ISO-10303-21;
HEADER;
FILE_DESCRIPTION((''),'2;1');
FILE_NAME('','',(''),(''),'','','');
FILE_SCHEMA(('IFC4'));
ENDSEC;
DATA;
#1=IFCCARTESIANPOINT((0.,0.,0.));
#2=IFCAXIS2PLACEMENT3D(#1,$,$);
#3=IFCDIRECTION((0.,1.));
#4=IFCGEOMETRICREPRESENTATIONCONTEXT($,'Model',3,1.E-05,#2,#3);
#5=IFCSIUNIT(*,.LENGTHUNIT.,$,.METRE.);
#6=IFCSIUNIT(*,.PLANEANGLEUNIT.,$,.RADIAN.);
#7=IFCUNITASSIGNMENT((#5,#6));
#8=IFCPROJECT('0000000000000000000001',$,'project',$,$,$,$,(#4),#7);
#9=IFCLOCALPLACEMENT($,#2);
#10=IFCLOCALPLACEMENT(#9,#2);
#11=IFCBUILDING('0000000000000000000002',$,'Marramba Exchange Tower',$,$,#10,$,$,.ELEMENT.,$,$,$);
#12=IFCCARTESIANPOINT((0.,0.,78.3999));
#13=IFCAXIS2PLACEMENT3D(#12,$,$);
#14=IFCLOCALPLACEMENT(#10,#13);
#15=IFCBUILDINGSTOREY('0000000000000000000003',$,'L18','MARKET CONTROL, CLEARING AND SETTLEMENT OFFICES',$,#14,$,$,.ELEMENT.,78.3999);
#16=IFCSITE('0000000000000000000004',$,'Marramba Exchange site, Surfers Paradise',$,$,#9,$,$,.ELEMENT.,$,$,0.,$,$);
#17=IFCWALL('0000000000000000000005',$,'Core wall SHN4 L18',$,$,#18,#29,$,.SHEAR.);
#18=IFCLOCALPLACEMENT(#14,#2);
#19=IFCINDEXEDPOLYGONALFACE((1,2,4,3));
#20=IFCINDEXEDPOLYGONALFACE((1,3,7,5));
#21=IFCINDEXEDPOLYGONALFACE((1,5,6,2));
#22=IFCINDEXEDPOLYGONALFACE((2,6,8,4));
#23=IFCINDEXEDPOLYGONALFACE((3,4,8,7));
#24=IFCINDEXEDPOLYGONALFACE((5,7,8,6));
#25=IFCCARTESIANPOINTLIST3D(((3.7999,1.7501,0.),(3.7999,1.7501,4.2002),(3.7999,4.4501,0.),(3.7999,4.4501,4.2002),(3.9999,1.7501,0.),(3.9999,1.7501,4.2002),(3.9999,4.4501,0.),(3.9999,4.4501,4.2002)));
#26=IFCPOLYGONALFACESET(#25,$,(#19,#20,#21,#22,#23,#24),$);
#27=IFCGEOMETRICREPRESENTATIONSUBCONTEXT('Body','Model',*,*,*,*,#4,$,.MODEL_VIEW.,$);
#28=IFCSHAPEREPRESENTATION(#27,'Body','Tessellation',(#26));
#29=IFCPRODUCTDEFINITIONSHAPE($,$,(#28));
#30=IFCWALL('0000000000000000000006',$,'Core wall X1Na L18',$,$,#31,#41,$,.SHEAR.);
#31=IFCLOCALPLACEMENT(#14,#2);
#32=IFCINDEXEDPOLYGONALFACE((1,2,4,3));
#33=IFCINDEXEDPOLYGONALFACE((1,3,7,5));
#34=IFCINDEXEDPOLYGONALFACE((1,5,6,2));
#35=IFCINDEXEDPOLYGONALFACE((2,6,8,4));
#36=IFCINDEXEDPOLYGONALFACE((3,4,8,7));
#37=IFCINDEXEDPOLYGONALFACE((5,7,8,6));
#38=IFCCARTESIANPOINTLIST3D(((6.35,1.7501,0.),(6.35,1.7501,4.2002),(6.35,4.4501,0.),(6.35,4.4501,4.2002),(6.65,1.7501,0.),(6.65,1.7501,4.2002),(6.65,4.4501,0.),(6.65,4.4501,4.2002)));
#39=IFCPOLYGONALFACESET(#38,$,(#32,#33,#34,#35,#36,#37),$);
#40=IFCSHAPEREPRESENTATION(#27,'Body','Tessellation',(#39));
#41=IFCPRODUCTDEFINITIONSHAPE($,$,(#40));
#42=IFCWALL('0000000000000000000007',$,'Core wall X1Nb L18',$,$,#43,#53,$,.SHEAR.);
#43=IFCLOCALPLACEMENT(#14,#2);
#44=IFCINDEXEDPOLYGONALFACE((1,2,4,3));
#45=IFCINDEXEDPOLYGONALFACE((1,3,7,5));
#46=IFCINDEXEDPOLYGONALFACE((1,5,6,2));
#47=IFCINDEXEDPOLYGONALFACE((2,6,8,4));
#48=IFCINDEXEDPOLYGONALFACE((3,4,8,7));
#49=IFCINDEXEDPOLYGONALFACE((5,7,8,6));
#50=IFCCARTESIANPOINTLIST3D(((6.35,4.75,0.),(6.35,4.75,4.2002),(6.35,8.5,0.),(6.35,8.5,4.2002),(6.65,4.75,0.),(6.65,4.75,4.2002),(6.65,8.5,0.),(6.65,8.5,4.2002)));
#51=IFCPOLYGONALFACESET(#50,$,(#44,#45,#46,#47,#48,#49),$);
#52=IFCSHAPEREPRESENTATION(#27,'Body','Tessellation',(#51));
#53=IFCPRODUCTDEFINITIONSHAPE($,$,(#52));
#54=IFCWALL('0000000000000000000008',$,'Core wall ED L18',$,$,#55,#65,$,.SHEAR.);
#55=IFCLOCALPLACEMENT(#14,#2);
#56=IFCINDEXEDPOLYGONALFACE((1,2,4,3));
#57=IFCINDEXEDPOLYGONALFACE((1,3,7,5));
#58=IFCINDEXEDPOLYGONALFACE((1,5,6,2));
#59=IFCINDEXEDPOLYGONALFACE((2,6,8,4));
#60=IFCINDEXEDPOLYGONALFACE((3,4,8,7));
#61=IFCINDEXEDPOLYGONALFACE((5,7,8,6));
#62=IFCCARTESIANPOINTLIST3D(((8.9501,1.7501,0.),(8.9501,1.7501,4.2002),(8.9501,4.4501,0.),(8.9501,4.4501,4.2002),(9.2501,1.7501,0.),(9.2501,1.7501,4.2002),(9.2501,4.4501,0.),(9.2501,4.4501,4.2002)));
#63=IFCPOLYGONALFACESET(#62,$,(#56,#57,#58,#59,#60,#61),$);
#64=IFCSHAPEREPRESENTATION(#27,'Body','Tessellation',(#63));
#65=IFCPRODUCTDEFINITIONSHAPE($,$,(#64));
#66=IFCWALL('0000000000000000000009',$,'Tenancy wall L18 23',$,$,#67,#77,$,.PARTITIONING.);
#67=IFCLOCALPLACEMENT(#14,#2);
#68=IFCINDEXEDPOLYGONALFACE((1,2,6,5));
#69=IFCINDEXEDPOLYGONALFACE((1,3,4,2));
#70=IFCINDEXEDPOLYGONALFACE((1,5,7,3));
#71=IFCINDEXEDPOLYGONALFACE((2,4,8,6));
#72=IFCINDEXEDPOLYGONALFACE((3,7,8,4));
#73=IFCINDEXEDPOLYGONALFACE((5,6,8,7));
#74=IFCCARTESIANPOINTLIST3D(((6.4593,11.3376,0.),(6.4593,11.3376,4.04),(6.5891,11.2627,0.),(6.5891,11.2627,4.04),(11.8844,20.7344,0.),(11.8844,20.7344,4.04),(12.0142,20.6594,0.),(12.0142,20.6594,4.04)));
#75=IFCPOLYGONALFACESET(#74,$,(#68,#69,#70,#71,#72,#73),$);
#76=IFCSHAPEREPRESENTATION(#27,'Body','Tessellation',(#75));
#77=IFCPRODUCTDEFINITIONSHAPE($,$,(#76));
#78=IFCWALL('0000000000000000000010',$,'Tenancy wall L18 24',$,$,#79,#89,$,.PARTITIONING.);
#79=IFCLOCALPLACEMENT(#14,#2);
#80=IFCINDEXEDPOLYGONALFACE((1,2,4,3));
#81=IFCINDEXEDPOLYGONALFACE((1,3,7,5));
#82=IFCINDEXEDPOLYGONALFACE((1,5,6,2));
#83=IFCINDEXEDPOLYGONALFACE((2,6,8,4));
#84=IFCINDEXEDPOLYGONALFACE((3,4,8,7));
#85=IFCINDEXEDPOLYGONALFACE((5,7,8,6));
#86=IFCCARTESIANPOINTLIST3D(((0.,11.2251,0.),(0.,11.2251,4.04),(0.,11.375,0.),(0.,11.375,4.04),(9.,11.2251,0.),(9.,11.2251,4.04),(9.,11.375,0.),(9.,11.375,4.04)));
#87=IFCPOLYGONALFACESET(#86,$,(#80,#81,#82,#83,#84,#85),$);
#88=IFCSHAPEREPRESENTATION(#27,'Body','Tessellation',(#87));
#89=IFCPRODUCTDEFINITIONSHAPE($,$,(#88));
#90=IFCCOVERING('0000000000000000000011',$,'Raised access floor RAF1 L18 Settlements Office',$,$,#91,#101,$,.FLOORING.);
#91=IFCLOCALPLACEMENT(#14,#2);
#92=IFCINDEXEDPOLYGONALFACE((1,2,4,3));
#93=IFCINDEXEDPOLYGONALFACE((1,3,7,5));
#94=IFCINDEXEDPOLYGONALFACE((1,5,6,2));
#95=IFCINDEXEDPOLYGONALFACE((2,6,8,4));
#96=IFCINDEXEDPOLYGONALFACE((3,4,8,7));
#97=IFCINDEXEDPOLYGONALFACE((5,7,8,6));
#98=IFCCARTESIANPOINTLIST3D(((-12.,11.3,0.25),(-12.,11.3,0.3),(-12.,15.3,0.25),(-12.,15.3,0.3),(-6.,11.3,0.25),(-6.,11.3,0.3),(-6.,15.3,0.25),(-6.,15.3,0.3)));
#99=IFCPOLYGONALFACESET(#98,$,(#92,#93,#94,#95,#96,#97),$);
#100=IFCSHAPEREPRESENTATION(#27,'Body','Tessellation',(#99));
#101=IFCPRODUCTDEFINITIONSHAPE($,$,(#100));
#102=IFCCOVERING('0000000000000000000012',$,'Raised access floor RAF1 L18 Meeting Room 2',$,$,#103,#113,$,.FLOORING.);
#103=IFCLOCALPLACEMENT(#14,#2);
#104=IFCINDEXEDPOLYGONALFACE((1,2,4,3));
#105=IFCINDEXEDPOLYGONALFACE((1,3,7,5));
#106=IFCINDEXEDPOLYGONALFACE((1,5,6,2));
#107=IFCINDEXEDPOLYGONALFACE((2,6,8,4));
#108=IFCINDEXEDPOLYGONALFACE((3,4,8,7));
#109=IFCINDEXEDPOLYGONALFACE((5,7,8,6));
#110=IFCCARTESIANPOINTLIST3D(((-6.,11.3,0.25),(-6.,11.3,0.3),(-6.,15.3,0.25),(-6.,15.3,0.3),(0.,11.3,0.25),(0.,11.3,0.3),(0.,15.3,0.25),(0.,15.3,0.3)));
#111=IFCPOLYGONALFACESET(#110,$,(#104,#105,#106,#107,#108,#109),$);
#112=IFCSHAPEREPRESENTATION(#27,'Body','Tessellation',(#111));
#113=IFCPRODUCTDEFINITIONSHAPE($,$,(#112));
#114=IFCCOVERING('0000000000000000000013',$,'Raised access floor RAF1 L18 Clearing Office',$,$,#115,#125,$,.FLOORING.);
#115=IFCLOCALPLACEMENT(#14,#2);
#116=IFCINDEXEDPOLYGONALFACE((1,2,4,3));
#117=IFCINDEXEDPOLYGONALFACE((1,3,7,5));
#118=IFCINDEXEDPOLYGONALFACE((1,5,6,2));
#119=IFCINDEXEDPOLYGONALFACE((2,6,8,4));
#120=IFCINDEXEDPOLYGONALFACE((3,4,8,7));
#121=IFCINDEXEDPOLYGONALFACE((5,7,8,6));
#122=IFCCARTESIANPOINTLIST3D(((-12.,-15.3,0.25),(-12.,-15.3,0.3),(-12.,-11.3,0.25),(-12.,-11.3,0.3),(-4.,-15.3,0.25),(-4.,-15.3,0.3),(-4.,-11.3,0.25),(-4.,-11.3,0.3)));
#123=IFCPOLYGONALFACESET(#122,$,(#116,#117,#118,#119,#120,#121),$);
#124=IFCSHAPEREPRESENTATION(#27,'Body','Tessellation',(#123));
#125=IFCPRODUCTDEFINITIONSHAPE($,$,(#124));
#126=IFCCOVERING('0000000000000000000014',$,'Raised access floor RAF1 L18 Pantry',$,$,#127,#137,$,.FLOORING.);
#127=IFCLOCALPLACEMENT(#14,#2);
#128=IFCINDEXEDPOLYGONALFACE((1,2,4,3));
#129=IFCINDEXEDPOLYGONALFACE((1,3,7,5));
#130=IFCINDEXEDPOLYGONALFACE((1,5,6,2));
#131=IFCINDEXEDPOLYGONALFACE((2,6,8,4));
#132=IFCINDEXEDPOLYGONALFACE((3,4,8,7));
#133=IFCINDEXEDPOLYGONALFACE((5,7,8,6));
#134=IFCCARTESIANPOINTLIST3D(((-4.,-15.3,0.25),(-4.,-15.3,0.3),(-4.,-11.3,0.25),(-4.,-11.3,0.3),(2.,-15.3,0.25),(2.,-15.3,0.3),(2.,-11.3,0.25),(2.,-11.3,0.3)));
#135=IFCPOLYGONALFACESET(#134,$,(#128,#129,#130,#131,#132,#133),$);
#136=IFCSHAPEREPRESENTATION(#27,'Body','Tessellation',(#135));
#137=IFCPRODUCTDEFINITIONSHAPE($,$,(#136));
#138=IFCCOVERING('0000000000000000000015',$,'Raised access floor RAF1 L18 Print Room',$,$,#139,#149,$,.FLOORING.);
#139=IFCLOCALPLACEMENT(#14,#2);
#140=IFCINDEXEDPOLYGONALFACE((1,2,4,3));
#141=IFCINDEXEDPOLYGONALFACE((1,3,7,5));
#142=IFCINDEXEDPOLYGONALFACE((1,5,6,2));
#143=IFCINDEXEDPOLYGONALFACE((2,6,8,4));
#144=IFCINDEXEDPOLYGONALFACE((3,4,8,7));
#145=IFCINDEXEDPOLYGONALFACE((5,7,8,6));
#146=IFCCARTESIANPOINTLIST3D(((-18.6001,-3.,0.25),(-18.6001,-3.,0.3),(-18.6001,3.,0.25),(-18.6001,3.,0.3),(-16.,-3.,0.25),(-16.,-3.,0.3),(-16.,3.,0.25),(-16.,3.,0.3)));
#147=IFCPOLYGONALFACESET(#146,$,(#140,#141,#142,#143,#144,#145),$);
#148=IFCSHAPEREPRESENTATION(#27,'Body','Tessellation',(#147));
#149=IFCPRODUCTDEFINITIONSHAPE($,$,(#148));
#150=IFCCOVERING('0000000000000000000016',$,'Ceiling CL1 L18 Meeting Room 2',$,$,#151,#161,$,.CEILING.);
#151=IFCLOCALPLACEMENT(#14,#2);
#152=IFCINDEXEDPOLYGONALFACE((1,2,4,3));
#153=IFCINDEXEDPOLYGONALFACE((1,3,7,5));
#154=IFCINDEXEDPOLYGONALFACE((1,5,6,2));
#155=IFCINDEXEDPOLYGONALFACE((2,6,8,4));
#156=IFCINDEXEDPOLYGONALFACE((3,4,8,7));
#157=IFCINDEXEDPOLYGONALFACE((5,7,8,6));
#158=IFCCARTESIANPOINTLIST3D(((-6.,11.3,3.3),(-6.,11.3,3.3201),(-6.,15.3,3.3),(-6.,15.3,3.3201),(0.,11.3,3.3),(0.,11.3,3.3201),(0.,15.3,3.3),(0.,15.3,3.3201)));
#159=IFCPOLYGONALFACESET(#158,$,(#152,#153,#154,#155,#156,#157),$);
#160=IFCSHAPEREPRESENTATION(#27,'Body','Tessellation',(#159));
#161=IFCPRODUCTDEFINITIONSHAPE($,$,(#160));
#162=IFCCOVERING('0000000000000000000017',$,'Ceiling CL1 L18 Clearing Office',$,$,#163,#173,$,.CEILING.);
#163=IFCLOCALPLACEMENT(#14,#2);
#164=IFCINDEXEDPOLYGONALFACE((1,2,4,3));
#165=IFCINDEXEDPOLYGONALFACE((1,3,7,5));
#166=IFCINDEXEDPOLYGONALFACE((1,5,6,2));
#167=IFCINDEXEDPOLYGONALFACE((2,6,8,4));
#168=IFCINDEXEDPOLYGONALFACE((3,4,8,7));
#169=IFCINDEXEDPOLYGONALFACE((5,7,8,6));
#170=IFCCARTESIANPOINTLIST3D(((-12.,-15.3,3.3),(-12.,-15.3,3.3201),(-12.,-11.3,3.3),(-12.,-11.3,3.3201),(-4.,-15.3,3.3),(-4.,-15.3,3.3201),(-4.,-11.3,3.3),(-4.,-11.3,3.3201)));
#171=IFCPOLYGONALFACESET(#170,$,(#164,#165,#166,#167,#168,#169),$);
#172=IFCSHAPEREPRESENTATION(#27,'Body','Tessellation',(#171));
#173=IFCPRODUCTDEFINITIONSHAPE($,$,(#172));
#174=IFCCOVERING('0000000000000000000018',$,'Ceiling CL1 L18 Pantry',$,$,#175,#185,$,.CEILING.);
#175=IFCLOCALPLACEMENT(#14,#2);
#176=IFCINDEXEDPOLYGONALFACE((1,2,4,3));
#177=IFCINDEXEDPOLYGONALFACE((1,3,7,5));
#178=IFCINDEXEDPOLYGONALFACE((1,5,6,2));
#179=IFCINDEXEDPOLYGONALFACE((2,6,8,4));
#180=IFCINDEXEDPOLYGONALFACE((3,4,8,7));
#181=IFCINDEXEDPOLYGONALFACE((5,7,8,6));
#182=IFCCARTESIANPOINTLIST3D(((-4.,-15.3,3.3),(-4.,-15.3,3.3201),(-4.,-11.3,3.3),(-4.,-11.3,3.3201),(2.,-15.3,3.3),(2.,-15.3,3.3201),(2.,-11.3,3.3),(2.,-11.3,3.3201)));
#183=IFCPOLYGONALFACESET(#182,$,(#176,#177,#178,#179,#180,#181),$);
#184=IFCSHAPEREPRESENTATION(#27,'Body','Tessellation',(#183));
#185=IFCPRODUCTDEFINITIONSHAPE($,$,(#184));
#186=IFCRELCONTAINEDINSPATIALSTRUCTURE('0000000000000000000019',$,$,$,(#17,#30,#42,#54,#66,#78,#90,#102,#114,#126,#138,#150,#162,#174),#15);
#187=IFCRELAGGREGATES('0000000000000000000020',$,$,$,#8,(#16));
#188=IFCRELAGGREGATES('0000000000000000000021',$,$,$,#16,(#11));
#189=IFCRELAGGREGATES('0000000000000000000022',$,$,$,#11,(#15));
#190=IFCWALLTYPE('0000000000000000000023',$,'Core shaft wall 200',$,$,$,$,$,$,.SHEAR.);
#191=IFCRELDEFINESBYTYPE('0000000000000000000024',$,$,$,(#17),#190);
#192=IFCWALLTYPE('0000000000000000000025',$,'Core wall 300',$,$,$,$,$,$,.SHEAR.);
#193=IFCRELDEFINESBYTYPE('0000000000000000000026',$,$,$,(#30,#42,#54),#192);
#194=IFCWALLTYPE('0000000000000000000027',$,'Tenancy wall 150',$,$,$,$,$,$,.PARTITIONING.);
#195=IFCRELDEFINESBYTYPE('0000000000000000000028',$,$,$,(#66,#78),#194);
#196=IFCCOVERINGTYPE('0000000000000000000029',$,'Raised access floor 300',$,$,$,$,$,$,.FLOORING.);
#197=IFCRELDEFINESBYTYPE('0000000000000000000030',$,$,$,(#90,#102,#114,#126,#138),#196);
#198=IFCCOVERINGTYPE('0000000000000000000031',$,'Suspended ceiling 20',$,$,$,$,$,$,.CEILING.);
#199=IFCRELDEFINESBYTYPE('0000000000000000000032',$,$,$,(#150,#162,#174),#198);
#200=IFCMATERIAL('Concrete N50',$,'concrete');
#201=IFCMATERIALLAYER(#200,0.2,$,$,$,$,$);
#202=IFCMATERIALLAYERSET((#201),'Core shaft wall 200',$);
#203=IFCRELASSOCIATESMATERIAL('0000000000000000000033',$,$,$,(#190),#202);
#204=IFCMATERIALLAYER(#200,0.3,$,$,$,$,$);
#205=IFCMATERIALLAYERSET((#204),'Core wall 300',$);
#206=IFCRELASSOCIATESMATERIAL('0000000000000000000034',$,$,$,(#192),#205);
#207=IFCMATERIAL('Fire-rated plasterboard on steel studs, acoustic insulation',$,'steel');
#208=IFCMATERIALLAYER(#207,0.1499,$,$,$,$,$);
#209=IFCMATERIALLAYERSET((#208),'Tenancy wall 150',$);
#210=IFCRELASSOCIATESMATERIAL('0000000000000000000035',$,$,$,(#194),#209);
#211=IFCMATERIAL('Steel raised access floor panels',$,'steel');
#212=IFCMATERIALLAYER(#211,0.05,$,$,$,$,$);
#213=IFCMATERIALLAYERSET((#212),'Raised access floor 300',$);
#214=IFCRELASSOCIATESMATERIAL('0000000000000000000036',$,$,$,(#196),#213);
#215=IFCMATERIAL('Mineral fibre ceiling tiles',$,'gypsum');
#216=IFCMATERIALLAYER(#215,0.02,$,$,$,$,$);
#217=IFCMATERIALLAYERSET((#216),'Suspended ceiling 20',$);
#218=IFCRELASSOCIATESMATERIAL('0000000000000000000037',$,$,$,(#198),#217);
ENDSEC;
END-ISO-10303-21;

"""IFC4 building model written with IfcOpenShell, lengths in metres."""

from ifc_helpers import new_model, si_unit, direction, frame, frame_2d, origin, place, context, subcontext, project, spatial, polyline, rectangle, outline, extrude, material, layer, layer_set, type_object, element, save


model = new_model("IFC4")

# Units and contexts
model_context = context("Model", 3, precision=1e-05, world=origin(), true_north=direction((0.0, 1.0)))
body_context = subcontext(model_context, "Body", "Model", "MODEL_VIEW")
ifc_project = project(units=[si_unit("LENGTHUNIT", "METRE"), si_unit("PLANEANGLEUNIT", "RADIAN")], contexts=[model_context])

# Site, building, storey
site_placement = place(None, origin())
site = spatial("IfcSite", under=ifc_project, at=site_placement, Name="Marramba Exchange site, Surfers Paradise", CompositionType="ELEMENT", RefElevation=0.0)
building_placement = place(site_placement, origin())
building = spatial("IfcBuilding", under=site, at=building_placement, Name="Marramba Exchange Tower", CompositionType="ELEMENT")
storey_placement = place(building_placement, frame((0.0, 0.0, 78.3999)))
storey = spatial("IfcBuildingStorey", under=building, at=storey_placement, Name="L18", Description="MARKET CONTROL, CLEARING AND SETTLEMENT OFFICES", CompositionType="ELEMENT", Elevation=78.3999)

# Wall
ifc_material_1 = material(Name="Concrete N50", Category="concrete")
ifc_layer_1 = layer(ifc_material_1, 0.2)
ifc_layer_set_1 = layer_set([ifc_layer_1], Name="Core shaft wall 200")
wall_type_1 = type_object("IfcWallType", Name="Core shaft wall 200", PredefinedType="SHEAR", material=ifc_layer_set_1)
for number, where, z_axis, x_axis, name in (
    (1, (3.8999, 1.75, 0.0), (0.0, 0.0, 1.0), (0.0, 1.0, 0.0), "Core wall SHN4 L18"),
):
    element("IfcWall", number, at=place(storey_placement, frame(where, z_axis=z_axis, x_axis=x_axis)), inside=storey, type_object=wall_type_1, Name=name, PredefinedType="SHEAR", context=body_context, shape_type="SweptSolid", body=[
        extrude(rectangle(XDim=2.7, YDim=0.2, at=frame_2d((1.3501, 0.0))), origin(), (0.0, 0.0, 1.0), 4.2002),
    ])

# Walls
ifc_layer_2 = layer(ifc_material_1, 0.3)
ifc_layer_set_2 = layer_set([ifc_layer_2], Name="Core wall 300")
wall_type_2 = type_object("IfcWallType", Name="Core wall 300", PredefinedType="SHEAR", material=ifc_layer_set_2)
wall_1_placement = place(storey_placement, frame((6.5, 1.75, 0.0), z_axis=(0.0, 0.0, 1.0), x_axis=(0.0, 1.0, 0.0)))
element("IfcWall", 2, at=wall_1_placement, inside=storey, type_object=wall_type_2, Name="Core wall X1Na L18", PredefinedType="SHEAR", context=body_context, shape_type="SweptSolid", body=[
    extrude(rectangle(XDim=2.7, YDim=0.3, at=frame_2d((1.3501, 0.0))), origin(), (0.0, 0.0, 1.0), 4.2002),
])
wall_2_placement = place(storey_placement, frame((6.5, 4.75, 0.0), z_axis=(0.0, 0.0, 1.0), x_axis=(0.0, 1.0, 0.0)))
element("IfcWall", 3, at=wall_2_placement, inside=storey, type_object=wall_type_2, Name="Core wall X1Nb L18", PredefinedType="SHEAR", context=body_context, shape_type="SweptSolid", body=[
    extrude(rectangle(XDim=3.75, YDim=0.3, at=frame_2d((1.875, 0.0))), origin(), (0.0, 0.0, 1.0), 4.2002),
])
wall_3_placement = place(storey_placement, frame((9.1001, 1.75, 0.0), z_axis=(0.0, 0.0, 1.0), x_axis=(0.0, 1.0, 0.0)))
element("IfcWall", 4, at=wall_3_placement, inside=storey, type_object=wall_type_2, Name="Core wall ED L18", PredefinedType="SHEAR", context=body_context, shape_type="SweptSolid", body=[
    extrude(rectangle(XDim=2.7, YDim=0.3, at=frame_2d((1.3501, 0.0))), origin(), (0.0, 0.0, 1.0), 4.2002),
])
ifc_material_2 = material(Name="Fire-rated plasterboard on steel studs, acoustic insulation", Category="steel")
ifc_layer_3 = layer(ifc_material_2, 0.1499)
ifc_layer_set_3 = layer_set([ifc_layer_3], Name="Tenancy wall 150")
wall_type_3 = type_object("IfcWallType", Name="Tenancy wall 150", PredefinedType="PARTITIONING", material=ifc_layer_set_3)
wall_4_placement = place(storey_placement, frame((6.5242, 11.3, 0.0), z_axis=(0.0, 0.0, 1.0), x_axis=(0.499989, 0.866032, 0.0)))
element("IfcWall", 5, at=wall_4_placement, inside=storey, type_object=wall_type_3, Name="Tenancy wall L18 23", PredefinedType="PARTITIONING", context=body_context, shape_type="SweptSolid", body=[
    extrude(rectangle(XDim=10.8503, YDim=0.1499, at=frame_2d((5.4253, 0.0))), origin(), (0.0, 0.0, 1.0), 4.04),
])
wall_5_placement = place(storey_placement, frame((9.0, 11.3, 0.0), z_axis=(0.0, 0.0, 1.0), x_axis=(-1.0, 0.0, 0.0)))
element("IfcWall", 6, at=wall_5_placement, inside=storey, type_object=wall_type_3, Name="Tenancy wall L18 24", PredefinedType="PARTITIONING", context=body_context, shape_type="SweptSolid", body=[
    extrude(rectangle(XDim=9.0, YDim=0.1499, at=frame_2d((4.5, 0.0))), origin(), (0.0, 0.0, 1.0), 4.04),
])

# Coverings
ifc_material_3 = material(Name="Steel raised access floor panels", Category="steel")
ifc_layer_4 = layer(ifc_material_3, 0.05)
ifc_layer_set_4 = layer_set([ifc_layer_4], Name="Raised access floor 300")
covering_type_1 = type_object("IfcCoveringType", Name="Raised access floor 300", PredefinedType="FLOORING", material=ifc_layer_set_4)
covering_1_placement = place(storey_placement, frame((0.0, 0.0, 0.25)))
element("IfcCovering", 7, at=covering_1_placement, inside=storey, type_object=covering_type_1, Name="Raised access floor RAF1 L18 Settlements Office", PredefinedType="FLOORING", context=body_context, shape_type="SweptSolid", body=[
    extrude(outline(polyline([(-6.0, 11.3), (-12.0, 11.3), (-12.0, 15.3), (-6.0, 15.3), (-6.0, 11.3)])), origin(), (0.0, 0.0, 1.0), 0.05),
])
covering_2_placement = place(storey_placement, frame((0.0, 0.0, 0.25)))
element("IfcCovering", 8, at=covering_2_placement, inside=storey, type_object=covering_type_1, Name="Raised access floor RAF1 L18 Meeting Room 2", PredefinedType="FLOORING", context=body_context, shape_type="SweptSolid", body=[
    extrude(outline(polyline([(0.0, 11.3), (-6.0, 11.3), (-6.0, 15.3), (0.0, 15.3), (0.0, 11.3)])), origin(), (0.0, 0.0, 1.0), 0.05),
])
covering_3_placement = place(storey_placement, frame((0.0, 0.0, 0.25)))
element("IfcCovering", 9, at=covering_3_placement, inside=storey, type_object=covering_type_1, Name="Raised access floor RAF1 L18 Clearing Office", PredefinedType="FLOORING", context=body_context, shape_type="SweptSolid", body=[
    extrude(outline(polyline([(-4.0, -15.3), (-12.0, -15.3), (-12.0, -11.3), (-4.0, -11.3), (-4.0, -15.3)])), origin(), (0.0, 0.0, 1.0), 0.05),
])
covering_4_placement = place(storey_placement, frame((0.0, 0.0, 0.25)))
element("IfcCovering", 10, at=covering_4_placement, inside=storey, type_object=covering_type_1, Name="Raised access floor RAF1 L18 Pantry", PredefinedType="FLOORING", context=body_context, shape_type="SweptSolid", body=[
    extrude(outline(polyline([(2.0, -15.3), (-4.0, -15.3), (-4.0, -11.3), (2.0, -11.3), (2.0, -15.3)])), origin(), (0.0, 0.0, 1.0), 0.05),
])
covering_5_placement = place(storey_placement, frame((0.0, 0.0, 0.25)))
element("IfcCovering", 11, at=covering_5_placement, inside=storey, type_object=covering_type_1, Name="Raised access floor RAF1 L18 Print Room", PredefinedType="FLOORING", context=body_context, shape_type="SweptSolid", body=[
    extrude(outline(polyline([(-16.0, -3.0), (-18.6001, -3.0), (-18.6001, 3.0), (-16.0, 3.0), (-16.0, -3.0)])), origin(), (0.0, 0.0, 1.0), 0.05),
])
ifc_material_4 = material(Name="Mineral fibre ceiling tiles", Category="gypsum")
ifc_layer_5 = layer(ifc_material_4, 0.02)
ifc_layer_set_5 = layer_set([ifc_layer_5], Name="Suspended ceiling 20")
covering_type_2 = type_object("IfcCoveringType", Name="Suspended ceiling 20", PredefinedType="CEILING", material=ifc_layer_set_5)
covering_6_placement = place(storey_placement, frame((0.0, 0.0, 3.3)))
element("IfcCovering", 12, at=covering_6_placement, inside=storey, type_object=covering_type_2, Name="Ceiling CL1 L18 Meeting Room 2", PredefinedType="CEILING", context=body_context, shape_type="SweptSolid", body=[
    extrude(outline(polyline([(0.0, 11.3), (-6.0, 11.3), (-6.0, 15.3), (0.0, 15.3), (0.0, 11.3)])), origin(), (0.0, 0.0, 1.0), 0.02),
])
covering_7_placement = place(storey_placement, frame((0.0, 0.0, 3.3)))
element("IfcCovering", 13, at=covering_7_placement, inside=storey, type_object=covering_type_2, Name="Ceiling CL1 L18 Clearing Office", PredefinedType="CEILING", context=body_context, shape_type="SweptSolid", body=[
    extrude(outline(polyline([(-4.0, -15.3), (-12.0, -15.3), (-12.0, -11.3), (-4.0, -11.3), (-4.0, -15.3)])), origin(), (0.0, 0.0, 1.0), 0.02),
])
covering_8_placement = place(storey_placement, frame((0.0, 0.0, 3.3)))
element("IfcCovering", 14, at=covering_8_placement, inside=storey, type_object=covering_type_2, Name="Ceiling CL1 L18 Pantry", PredefinedType="CEILING", context=body_context, shape_type="SweptSolid", body=[
    extrude(outline(polyline([(2.0, -15.3), (-4.0, -15.3), (-4.0, -11.3), (2.0, -11.3), (2.0, -15.3)])), origin(), (0.0, 0.0, 1.0), 0.02),
])

save(model, "model.ifc")
